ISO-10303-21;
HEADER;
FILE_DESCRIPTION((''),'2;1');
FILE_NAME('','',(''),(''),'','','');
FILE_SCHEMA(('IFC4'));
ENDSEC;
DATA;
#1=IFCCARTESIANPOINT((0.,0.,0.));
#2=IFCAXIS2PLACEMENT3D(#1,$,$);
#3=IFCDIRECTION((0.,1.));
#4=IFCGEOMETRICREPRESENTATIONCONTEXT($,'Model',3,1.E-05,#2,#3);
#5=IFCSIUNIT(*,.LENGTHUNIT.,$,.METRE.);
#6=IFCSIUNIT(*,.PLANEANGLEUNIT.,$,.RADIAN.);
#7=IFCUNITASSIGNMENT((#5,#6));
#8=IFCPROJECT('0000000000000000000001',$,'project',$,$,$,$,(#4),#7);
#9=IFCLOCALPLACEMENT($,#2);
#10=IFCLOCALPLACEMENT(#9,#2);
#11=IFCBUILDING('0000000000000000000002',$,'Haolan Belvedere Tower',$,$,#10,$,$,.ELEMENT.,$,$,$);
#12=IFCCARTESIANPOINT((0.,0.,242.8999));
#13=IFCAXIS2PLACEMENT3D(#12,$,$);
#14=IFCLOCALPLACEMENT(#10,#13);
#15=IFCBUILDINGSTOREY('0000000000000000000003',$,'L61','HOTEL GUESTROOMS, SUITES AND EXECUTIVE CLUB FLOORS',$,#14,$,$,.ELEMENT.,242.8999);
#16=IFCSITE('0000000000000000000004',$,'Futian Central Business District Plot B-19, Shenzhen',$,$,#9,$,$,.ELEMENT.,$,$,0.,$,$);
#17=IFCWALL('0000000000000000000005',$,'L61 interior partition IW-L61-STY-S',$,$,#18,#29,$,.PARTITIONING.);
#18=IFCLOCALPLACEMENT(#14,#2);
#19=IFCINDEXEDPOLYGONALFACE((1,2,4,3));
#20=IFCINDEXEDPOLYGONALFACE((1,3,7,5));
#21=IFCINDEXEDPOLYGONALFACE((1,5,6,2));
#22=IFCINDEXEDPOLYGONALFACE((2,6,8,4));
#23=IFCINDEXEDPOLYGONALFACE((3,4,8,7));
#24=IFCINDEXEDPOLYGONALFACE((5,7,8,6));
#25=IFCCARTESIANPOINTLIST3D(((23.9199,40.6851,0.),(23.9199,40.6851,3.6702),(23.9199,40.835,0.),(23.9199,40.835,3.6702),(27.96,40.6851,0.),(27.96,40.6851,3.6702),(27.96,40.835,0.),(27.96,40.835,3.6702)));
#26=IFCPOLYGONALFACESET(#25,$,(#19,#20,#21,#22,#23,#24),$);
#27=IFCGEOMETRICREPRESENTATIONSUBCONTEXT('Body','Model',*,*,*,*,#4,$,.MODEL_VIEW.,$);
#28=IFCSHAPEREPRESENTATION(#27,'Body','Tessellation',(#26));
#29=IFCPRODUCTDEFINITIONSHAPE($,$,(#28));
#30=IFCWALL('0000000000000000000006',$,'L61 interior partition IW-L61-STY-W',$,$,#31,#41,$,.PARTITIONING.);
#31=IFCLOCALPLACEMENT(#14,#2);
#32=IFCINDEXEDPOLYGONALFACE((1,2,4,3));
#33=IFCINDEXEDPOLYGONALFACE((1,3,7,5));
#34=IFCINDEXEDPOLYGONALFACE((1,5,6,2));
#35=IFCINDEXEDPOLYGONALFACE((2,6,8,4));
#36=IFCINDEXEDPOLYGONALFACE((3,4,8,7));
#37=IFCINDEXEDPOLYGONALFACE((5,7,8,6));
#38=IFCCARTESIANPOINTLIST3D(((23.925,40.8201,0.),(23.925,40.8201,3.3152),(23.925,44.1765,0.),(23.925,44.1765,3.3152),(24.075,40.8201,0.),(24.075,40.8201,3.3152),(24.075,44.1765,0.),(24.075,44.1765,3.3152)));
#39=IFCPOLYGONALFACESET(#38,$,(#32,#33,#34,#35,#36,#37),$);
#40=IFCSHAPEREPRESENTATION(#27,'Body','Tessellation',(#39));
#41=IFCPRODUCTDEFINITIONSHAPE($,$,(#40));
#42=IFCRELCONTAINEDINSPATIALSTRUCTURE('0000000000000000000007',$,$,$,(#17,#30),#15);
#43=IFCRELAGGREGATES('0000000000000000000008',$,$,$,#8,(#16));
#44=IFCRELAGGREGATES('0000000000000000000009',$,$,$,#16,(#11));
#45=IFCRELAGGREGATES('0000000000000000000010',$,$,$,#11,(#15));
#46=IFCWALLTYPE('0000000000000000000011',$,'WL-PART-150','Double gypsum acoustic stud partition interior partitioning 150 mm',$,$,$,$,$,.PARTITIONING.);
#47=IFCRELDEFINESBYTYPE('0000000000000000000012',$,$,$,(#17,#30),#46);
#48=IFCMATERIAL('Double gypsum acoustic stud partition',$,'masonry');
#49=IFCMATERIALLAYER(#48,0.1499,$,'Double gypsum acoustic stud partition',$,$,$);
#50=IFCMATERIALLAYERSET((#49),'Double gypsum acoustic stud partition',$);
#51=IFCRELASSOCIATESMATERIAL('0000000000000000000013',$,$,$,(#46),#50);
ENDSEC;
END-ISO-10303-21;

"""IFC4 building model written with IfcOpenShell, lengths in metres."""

from ifc_helpers import new_model, si_unit, direction, frame, frame_2d, origin, place, context, subcontext, project, spatial, rectangle, extrude, material, layer, layer_set, type_object, element, save


model = new_model("IFC4")

# Units and contexts
model_context = context("Model", 3, precision=1e-05, world=origin(), true_north=direction((0.0, 1.0)))
body_context = subcontext(model_context, "Body", "Model", "MODEL_VIEW")
ifc_project = project(units=[si_unit("LENGTHUNIT", "METRE"), si_unit("PLANEANGLEUNIT", "RADIAN")], contexts=[model_context])

# Site, building, storey
site_placement = place(None, origin())
site = spatial("IfcSite", under=ifc_project, at=site_placement, Name="Futian Central Business District Plot B-19, Shenzhen", CompositionType="ELEMENT", RefElevation=0.0)
building_placement = place(site_placement, origin())
building = spatial("IfcBuilding", under=site, at=building_placement, Name="Haolan Belvedere Tower", CompositionType="ELEMENT")
storey_placement = place(building_placement, frame((0.0, 0.0, 242.8999)))
storey = spatial("IfcBuildingStorey", under=building, at=storey_placement, Name="L61", Description="HOTEL GUESTROOMS, SUITES AND EXECUTIVE CLUB FLOORS", CompositionType="ELEMENT", Elevation=242.8999)

# Walls
ifc_material_1 = material(Name="Double gypsum acoustic stud partition", Category="masonry")
ifc_layer_1 = layer(ifc_material_1, 0.1499, Name="Double gypsum acoustic stud partition")
ifc_layer_set_1 = layer_set([ifc_layer_1], Name="Double gypsum acoustic stud partition")
wall_type_1 = type_object("IfcWallType", Name="WL-PART-150", Description="Double gypsum acoustic stud partition interior partitioning 150 mm", PredefinedType="PARTITIONING", material=ifc_layer_set_1)
for number, where, z_axis, x_axis, name in (
    (1, (23.9199, 40.76, 0.0), (0.0, 0.0, 1.0), (1.0, 0.0, 0.0), "L61 interior partition IW-L61-STY-S"),
):
    element("IfcWall", number, at=place(storey_placement, frame(where, z_axis=z_axis, x_axis=x_axis)), inside=storey, type_object=wall_type_1, Name=name, PredefinedType="PARTITIONING", context=body_context, shape_type="SweptSolid", body=[
        extrude(rectangle(XDim=4.04, YDim=0.1499, at=frame_2d((2.02, 0.0))), origin(), (0.0, 0.0, 1.0), 3.6702),
    ])
wall_1_placement = place(storey_placement, frame((24.0, 40.8201, 0.0), z_axis=(0.0, 0.0, 1.0), x_axis=(0.0, 1.0, 0.0)))
element("IfcWall", 2, at=wall_1_placement, inside=storey, type_object=wall_type_1, Name="L61 interior partition IW-L61-STY-W", PredefinedType="PARTITIONING", context=body_context, shape_type="SweptSolid", body=[
    extrude(rectangle(XDim=3.3564, YDim=0.1499, at=frame_2d((1.6782, 0.0))), origin(), (0.0, 0.0, 1.0), 3.3152),
])

save(model, "model.ifc")
